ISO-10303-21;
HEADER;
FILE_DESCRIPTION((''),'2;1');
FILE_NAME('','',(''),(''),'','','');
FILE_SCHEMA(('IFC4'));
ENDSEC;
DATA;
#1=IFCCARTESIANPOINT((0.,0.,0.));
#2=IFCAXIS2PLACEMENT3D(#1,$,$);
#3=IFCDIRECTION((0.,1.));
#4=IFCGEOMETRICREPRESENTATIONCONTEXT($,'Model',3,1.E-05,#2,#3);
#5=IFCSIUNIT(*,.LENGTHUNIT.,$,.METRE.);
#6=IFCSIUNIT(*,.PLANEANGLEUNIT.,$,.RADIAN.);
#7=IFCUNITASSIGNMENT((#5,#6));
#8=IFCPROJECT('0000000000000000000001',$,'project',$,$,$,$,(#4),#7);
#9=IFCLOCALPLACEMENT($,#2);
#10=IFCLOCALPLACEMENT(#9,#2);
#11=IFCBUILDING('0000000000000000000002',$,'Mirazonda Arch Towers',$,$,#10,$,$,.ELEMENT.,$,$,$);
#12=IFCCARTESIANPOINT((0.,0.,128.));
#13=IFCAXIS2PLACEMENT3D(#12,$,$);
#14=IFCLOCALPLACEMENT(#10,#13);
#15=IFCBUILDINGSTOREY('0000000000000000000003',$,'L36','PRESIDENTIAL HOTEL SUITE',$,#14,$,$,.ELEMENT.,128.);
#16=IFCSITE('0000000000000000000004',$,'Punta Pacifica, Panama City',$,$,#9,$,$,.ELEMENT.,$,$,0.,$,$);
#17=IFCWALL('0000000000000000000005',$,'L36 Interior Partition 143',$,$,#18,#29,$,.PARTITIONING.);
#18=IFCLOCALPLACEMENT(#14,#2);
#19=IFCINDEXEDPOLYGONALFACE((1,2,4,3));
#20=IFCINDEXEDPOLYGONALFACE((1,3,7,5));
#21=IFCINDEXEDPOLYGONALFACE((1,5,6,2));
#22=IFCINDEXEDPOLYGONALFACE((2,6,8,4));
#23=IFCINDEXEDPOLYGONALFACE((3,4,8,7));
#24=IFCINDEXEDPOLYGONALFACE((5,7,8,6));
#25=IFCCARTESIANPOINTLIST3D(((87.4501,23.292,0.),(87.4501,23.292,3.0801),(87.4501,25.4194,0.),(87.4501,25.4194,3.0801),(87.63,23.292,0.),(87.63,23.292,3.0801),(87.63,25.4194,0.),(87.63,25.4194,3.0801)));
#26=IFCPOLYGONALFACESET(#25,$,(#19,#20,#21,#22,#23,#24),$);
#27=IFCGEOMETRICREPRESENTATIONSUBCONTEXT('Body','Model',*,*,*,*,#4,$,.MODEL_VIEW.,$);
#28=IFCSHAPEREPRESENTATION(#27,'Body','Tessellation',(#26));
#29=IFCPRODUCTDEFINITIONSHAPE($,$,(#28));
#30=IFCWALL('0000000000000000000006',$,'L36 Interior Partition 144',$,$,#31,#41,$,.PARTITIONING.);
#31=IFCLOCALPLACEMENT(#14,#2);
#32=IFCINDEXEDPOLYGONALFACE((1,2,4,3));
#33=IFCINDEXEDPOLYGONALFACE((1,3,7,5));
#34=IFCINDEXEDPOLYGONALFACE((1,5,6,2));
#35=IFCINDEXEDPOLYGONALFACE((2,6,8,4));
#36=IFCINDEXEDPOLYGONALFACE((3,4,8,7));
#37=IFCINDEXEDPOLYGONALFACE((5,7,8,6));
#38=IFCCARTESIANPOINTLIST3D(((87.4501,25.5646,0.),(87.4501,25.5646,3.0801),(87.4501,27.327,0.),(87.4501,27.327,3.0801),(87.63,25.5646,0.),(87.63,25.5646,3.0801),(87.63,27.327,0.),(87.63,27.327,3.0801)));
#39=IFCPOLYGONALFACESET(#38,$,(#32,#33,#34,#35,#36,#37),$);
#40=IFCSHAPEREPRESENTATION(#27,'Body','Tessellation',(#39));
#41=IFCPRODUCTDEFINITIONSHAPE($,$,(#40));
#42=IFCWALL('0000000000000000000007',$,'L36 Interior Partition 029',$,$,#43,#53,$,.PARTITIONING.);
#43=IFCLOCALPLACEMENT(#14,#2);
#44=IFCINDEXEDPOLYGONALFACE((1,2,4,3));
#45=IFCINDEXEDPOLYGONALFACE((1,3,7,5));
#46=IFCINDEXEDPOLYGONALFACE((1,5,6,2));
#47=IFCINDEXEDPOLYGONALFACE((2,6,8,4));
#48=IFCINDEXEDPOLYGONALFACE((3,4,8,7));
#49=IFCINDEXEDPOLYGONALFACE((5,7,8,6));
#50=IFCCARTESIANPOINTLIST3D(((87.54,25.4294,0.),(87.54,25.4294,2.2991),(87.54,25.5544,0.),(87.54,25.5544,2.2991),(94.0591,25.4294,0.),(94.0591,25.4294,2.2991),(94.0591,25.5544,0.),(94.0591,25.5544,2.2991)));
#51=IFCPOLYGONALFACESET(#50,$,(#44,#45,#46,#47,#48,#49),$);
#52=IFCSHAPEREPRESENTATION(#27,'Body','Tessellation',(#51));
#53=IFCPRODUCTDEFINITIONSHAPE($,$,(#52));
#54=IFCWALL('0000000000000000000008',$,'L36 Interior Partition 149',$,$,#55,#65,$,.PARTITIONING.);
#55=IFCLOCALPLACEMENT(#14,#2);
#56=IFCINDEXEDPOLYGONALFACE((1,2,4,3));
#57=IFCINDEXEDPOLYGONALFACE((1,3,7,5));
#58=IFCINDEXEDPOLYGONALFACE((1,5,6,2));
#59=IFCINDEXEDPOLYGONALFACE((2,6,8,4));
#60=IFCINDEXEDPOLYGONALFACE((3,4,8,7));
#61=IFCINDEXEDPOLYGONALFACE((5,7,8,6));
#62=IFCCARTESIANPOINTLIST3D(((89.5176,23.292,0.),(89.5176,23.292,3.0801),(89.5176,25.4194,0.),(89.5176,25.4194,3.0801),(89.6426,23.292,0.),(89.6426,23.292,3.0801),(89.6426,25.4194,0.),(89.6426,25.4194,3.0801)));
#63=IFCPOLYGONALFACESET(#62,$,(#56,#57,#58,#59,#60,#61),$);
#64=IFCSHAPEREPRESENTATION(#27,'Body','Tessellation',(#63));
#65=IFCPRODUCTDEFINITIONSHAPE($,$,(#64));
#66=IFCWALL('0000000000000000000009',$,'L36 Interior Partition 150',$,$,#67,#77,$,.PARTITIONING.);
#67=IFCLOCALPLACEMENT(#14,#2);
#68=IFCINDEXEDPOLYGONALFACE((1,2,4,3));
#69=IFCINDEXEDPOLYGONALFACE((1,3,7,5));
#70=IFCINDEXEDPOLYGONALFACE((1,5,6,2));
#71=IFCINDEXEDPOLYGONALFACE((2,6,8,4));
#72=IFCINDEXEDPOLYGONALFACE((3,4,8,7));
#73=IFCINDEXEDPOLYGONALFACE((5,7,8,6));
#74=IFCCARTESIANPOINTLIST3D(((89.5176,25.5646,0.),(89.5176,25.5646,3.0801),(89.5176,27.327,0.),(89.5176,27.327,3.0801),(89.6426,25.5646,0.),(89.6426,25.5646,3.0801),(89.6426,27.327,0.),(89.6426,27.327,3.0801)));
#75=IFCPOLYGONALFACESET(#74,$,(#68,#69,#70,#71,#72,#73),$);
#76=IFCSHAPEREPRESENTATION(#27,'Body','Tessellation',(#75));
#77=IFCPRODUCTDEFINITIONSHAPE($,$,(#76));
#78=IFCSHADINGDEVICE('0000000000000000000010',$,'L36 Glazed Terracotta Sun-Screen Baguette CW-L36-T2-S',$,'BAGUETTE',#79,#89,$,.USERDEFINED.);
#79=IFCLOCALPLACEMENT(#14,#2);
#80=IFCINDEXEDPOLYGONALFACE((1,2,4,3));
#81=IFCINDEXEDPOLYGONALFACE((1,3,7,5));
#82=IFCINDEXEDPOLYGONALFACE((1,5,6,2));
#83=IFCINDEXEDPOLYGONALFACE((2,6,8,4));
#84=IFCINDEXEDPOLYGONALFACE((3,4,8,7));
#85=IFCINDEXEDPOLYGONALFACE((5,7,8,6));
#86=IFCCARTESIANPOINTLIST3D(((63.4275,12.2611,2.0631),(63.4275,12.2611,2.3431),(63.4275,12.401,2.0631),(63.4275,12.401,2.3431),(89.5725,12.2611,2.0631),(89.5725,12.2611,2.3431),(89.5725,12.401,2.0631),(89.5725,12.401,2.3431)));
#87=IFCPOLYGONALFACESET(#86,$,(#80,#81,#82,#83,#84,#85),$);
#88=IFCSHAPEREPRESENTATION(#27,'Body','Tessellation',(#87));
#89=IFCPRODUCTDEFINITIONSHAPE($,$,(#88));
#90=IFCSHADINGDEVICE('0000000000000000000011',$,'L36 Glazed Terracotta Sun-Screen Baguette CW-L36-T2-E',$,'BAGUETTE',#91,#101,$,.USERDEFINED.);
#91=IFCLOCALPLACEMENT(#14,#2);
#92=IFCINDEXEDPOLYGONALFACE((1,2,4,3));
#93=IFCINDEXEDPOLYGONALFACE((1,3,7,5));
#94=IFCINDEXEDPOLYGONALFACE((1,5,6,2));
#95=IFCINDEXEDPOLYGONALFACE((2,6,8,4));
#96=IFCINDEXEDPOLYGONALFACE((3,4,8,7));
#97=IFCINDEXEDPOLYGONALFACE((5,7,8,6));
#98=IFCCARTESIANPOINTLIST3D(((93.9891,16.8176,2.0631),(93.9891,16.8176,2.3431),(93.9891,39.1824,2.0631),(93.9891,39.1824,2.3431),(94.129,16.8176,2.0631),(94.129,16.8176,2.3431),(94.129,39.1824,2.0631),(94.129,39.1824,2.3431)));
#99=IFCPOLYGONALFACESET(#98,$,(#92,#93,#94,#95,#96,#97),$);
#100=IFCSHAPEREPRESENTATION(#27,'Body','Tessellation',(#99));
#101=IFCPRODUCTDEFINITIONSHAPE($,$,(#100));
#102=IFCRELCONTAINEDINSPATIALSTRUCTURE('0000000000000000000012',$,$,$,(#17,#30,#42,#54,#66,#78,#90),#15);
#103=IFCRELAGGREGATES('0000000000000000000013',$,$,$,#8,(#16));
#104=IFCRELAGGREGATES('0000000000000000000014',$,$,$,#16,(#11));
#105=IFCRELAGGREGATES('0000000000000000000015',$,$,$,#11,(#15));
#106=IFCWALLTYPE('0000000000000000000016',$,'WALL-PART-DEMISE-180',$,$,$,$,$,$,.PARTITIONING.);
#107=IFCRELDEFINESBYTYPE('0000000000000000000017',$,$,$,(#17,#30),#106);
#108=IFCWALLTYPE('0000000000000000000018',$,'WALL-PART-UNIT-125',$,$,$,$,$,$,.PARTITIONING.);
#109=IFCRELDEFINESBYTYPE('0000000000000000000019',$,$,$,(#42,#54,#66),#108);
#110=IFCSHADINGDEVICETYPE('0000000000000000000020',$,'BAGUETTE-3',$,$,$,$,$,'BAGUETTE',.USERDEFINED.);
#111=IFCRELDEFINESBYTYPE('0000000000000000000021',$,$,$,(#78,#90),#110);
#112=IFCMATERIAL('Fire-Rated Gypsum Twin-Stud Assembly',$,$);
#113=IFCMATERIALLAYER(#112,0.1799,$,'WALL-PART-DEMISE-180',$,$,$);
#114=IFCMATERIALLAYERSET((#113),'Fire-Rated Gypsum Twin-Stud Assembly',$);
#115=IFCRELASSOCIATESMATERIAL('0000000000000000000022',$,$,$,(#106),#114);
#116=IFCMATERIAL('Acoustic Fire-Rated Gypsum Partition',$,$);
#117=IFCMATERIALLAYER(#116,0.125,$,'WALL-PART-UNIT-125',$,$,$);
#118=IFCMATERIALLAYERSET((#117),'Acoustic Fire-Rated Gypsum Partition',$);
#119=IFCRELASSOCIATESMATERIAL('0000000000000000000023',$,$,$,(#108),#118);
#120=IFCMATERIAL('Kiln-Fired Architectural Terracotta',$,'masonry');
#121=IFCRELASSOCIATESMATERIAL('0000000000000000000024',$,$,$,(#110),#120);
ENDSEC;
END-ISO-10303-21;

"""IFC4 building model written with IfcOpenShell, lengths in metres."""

from ifc_helpers import new_model, si_unit, direction, frame, frame_2d, origin, origin_2d, place, context, subcontext, project, spatial, rectangle, extrude, material, layer, layer_set, material_profile, profile_set, type_object, element, save


model = new_model("IFC4")

# Units and contexts
model_context = context("Model", 3, precision=1e-05, world=origin(), true_north=direction((0.0, 1.0)))
body_context = subcontext(model_context, "Body", "Model", "MODEL_VIEW")
ifc_project = project(units=[si_unit("LENGTHUNIT", "METRE"), si_unit("PLANEANGLEUNIT", "RADIAN")], contexts=[model_context])

# Site, building, storey
site_placement = place(None, origin())
site = spatial("IfcSite", under=ifc_project, at=site_placement, Name="Punta Pacifica, Panama City", CompositionType="ELEMENT", RefElevation=0.0)
building_placement = place(site_placement, origin())
building = spatial("IfcBuilding", under=site, at=building_placement, Name="Mirazonda Arch Towers", CompositionType="ELEMENT")
storey_placement = place(building_placement, frame((0.0, 0.0, 128.0)))
storey = spatial("IfcBuildingStorey", under=building, at=storey_placement, Name="L36", Description="PRESIDENTIAL HOTEL SUITE", CompositionType="ELEMENT", Elevation=128.0)

# Shared definitions
ifc_material_1 = material(Name="Fire-Rated Gypsum Twin-Stud Assembly")
ifc_layer_1 = layer(ifc_material_1, 0.1799, Name="WALL-PART-DEMISE-180")
ifc_layer_set_1 = layer_set([ifc_layer_1], Name="Fire-Rated Gypsum Twin-Stud Assembly")
wall_type_1 = type_object("IfcWallType", Name="WALL-PART-DEMISE-180", PredefinedType="PARTITIONING", material=ifc_layer_set_1)

# Walls
wall_1_placement = place(storey_placement, frame((87.54, 23.292, 0.0), z_axis=(0.0, 0.0, 1.0), x_axis=(0.0, 1.0, 0.0)))
element("IfcWall", 1, at=wall_1_placement, inside=storey, type_object=wall_type_1, Name="L36 Interior Partition 143", PredefinedType="PARTITIONING", context=body_context, shape_type="SweptSolid", body=[
    extrude(rectangle(XDim=2.1274, YDim=0.1799, at=frame_2d((1.0637, 0.0))), origin(), (0.0, 0.0, 1.0), 3.0801),
])
wall_2_placement = place(storey_placement, frame((87.54, 25.5645, 0.0), z_axis=(0.0, 0.0, 1.0), x_axis=(0.0, 1.0, 0.0)))
element("IfcWall", 2, at=wall_2_placement, inside=storey, type_object=wall_type_1, Name="L36 Interior Partition 144", PredefinedType="PARTITIONING", context=body_context, shape_type="SweptSolid", body=[
    extrude(rectangle(XDim=1.7625, YDim=0.1799, at=frame_2d((0.8813, 0.0))), origin(), (0.0, 0.0, 1.0), 3.0801),
])
ifc_material_2 = material(Name="Acoustic Fire-Rated Gypsum Partition")
ifc_layer_2 = layer(ifc_material_2, 0.125, Name="WALL-PART-UNIT-125")
ifc_layer_set_2 = layer_set([ifc_layer_2], Name="Acoustic Fire-Rated Gypsum Partition")
wall_type_2 = type_object("IfcWallType", Name="WALL-PART-UNIT-125", PredefinedType="PARTITIONING", material=ifc_layer_set_2)
wall_3_placement = place(storey_placement, frame((87.54, 25.4919, 0.0), z_axis=(0.0, 0.0, 1.0), x_axis=(1.0, 0.0, 0.0)))
element("IfcWall", 3, at=wall_3_placement, inside=storey, type_object=wall_type_2, Name="L36 Interior Partition 029", PredefinedType="PARTITIONING", context=body_context, shape_type="SweptSolid", body=[
    extrude(rectangle(XDim=6.519, YDim=0.125, at=frame_2d((3.2595, 0.0))), origin(), (0.0, 0.0, 1.0), 2.2991),
])
wall_4_placement = place(storey_placement, frame((89.5801, 23.292, 0.0), z_axis=(0.0, 0.0, 1.0), x_axis=(0.0, 1.0, 0.0)))
element("IfcWall", 4, at=wall_4_placement, inside=storey, type_object=wall_type_2, Name="L36 Interior Partition 149", PredefinedType="PARTITIONING", context=body_context, shape_type="SweptSolid", body=[
    extrude(rectangle(XDim=2.1274, YDim=0.125, at=frame_2d((1.0637, 0.0))), origin(), (0.0, 0.0, 1.0), 3.0801),
])
wall_5_placement = place(storey_placement, frame((89.5801, 25.5645, 0.0), z_axis=(0.0, 0.0, 1.0), x_axis=(0.0, 1.0, 0.0)))
element("IfcWall", 5, at=wall_5_placement, inside=storey, type_object=wall_type_2, Name="L36 Interior Partition 150", PredefinedType="PARTITIONING", context=body_context, shape_type="SweptSolid", body=[
    extrude(rectangle(XDim=1.7625, YDim=0.125, at=frame_2d((0.8813, 0.0))), origin(), (0.0, 0.0, 1.0), 3.0801),
])

# Shading devices
ifc_material_3 = material(Name="Kiln-Fired Architectural Terracotta", Category="masonry")
ifc_material_profile_1 = material_profile(ifc_material_3, rectangle(XDim=0.1399, YDim=0.28, at=origin_2d()), Name="TERRA-BAG-140x280")
ifc_profile_set_1 = profile_set([ifc_material_profile_1], Name="Kiln-Fired Architectural Terracotta")
shading_device_type = type_object("IfcShadingDeviceType", Name="BAGUETTE-3", ElementType="BAGUETTE", PredefinedType="USERDEFINED", material=ifc_profile_set_1)
shading_device_1_placement = place(storey_placement, frame((89.5725, 12.3311, 2.2031), z_axis=(-1.0, 0.0, 0.0), x_axis=(0.0, -1.0, 0.0)))
element("IfcShadingDevice", 6, at=shading_device_1_placement, inside=storey, type_object=shading_device_type, Name="L36 Glazed Terracotta Sun-Screen Baguette CW-L36-T2-S", ObjectType="BAGUETTE", PredefinedType="USERDEFINED", context=body_context, shape_type="SweptSolid", body=[
    extrude(rectangle(XDim=0.1399, YDim=0.28, at=origin_2d()), origin(), (0.0, 0.0, 1.0), 26.145),
])
shading_device_2_placement = place(storey_placement, frame((94.0591, 16.8176, 2.2031), z_axis=(0.0, 1.0, 0.0), x_axis=(-1.0, 0.0, 0.0)))
element("IfcShadingDevice", 7, at=shading_device_2_placement, inside=storey, type_object=shading_device_type, Name="L36 Glazed Terracotta Sun-Screen Baguette CW-L36-T2-E", ObjectType="BAGUETTE", PredefinedType="USERDEFINED", context=body_context, shape_type="SweptSolid", body=[
    extrude(rectangle(XDim=0.1399, YDim=0.28, at=origin_2d()), origin(), (0.0, 0.0, 1.0), 22.3647),
])

save(model, "model.ifc")
